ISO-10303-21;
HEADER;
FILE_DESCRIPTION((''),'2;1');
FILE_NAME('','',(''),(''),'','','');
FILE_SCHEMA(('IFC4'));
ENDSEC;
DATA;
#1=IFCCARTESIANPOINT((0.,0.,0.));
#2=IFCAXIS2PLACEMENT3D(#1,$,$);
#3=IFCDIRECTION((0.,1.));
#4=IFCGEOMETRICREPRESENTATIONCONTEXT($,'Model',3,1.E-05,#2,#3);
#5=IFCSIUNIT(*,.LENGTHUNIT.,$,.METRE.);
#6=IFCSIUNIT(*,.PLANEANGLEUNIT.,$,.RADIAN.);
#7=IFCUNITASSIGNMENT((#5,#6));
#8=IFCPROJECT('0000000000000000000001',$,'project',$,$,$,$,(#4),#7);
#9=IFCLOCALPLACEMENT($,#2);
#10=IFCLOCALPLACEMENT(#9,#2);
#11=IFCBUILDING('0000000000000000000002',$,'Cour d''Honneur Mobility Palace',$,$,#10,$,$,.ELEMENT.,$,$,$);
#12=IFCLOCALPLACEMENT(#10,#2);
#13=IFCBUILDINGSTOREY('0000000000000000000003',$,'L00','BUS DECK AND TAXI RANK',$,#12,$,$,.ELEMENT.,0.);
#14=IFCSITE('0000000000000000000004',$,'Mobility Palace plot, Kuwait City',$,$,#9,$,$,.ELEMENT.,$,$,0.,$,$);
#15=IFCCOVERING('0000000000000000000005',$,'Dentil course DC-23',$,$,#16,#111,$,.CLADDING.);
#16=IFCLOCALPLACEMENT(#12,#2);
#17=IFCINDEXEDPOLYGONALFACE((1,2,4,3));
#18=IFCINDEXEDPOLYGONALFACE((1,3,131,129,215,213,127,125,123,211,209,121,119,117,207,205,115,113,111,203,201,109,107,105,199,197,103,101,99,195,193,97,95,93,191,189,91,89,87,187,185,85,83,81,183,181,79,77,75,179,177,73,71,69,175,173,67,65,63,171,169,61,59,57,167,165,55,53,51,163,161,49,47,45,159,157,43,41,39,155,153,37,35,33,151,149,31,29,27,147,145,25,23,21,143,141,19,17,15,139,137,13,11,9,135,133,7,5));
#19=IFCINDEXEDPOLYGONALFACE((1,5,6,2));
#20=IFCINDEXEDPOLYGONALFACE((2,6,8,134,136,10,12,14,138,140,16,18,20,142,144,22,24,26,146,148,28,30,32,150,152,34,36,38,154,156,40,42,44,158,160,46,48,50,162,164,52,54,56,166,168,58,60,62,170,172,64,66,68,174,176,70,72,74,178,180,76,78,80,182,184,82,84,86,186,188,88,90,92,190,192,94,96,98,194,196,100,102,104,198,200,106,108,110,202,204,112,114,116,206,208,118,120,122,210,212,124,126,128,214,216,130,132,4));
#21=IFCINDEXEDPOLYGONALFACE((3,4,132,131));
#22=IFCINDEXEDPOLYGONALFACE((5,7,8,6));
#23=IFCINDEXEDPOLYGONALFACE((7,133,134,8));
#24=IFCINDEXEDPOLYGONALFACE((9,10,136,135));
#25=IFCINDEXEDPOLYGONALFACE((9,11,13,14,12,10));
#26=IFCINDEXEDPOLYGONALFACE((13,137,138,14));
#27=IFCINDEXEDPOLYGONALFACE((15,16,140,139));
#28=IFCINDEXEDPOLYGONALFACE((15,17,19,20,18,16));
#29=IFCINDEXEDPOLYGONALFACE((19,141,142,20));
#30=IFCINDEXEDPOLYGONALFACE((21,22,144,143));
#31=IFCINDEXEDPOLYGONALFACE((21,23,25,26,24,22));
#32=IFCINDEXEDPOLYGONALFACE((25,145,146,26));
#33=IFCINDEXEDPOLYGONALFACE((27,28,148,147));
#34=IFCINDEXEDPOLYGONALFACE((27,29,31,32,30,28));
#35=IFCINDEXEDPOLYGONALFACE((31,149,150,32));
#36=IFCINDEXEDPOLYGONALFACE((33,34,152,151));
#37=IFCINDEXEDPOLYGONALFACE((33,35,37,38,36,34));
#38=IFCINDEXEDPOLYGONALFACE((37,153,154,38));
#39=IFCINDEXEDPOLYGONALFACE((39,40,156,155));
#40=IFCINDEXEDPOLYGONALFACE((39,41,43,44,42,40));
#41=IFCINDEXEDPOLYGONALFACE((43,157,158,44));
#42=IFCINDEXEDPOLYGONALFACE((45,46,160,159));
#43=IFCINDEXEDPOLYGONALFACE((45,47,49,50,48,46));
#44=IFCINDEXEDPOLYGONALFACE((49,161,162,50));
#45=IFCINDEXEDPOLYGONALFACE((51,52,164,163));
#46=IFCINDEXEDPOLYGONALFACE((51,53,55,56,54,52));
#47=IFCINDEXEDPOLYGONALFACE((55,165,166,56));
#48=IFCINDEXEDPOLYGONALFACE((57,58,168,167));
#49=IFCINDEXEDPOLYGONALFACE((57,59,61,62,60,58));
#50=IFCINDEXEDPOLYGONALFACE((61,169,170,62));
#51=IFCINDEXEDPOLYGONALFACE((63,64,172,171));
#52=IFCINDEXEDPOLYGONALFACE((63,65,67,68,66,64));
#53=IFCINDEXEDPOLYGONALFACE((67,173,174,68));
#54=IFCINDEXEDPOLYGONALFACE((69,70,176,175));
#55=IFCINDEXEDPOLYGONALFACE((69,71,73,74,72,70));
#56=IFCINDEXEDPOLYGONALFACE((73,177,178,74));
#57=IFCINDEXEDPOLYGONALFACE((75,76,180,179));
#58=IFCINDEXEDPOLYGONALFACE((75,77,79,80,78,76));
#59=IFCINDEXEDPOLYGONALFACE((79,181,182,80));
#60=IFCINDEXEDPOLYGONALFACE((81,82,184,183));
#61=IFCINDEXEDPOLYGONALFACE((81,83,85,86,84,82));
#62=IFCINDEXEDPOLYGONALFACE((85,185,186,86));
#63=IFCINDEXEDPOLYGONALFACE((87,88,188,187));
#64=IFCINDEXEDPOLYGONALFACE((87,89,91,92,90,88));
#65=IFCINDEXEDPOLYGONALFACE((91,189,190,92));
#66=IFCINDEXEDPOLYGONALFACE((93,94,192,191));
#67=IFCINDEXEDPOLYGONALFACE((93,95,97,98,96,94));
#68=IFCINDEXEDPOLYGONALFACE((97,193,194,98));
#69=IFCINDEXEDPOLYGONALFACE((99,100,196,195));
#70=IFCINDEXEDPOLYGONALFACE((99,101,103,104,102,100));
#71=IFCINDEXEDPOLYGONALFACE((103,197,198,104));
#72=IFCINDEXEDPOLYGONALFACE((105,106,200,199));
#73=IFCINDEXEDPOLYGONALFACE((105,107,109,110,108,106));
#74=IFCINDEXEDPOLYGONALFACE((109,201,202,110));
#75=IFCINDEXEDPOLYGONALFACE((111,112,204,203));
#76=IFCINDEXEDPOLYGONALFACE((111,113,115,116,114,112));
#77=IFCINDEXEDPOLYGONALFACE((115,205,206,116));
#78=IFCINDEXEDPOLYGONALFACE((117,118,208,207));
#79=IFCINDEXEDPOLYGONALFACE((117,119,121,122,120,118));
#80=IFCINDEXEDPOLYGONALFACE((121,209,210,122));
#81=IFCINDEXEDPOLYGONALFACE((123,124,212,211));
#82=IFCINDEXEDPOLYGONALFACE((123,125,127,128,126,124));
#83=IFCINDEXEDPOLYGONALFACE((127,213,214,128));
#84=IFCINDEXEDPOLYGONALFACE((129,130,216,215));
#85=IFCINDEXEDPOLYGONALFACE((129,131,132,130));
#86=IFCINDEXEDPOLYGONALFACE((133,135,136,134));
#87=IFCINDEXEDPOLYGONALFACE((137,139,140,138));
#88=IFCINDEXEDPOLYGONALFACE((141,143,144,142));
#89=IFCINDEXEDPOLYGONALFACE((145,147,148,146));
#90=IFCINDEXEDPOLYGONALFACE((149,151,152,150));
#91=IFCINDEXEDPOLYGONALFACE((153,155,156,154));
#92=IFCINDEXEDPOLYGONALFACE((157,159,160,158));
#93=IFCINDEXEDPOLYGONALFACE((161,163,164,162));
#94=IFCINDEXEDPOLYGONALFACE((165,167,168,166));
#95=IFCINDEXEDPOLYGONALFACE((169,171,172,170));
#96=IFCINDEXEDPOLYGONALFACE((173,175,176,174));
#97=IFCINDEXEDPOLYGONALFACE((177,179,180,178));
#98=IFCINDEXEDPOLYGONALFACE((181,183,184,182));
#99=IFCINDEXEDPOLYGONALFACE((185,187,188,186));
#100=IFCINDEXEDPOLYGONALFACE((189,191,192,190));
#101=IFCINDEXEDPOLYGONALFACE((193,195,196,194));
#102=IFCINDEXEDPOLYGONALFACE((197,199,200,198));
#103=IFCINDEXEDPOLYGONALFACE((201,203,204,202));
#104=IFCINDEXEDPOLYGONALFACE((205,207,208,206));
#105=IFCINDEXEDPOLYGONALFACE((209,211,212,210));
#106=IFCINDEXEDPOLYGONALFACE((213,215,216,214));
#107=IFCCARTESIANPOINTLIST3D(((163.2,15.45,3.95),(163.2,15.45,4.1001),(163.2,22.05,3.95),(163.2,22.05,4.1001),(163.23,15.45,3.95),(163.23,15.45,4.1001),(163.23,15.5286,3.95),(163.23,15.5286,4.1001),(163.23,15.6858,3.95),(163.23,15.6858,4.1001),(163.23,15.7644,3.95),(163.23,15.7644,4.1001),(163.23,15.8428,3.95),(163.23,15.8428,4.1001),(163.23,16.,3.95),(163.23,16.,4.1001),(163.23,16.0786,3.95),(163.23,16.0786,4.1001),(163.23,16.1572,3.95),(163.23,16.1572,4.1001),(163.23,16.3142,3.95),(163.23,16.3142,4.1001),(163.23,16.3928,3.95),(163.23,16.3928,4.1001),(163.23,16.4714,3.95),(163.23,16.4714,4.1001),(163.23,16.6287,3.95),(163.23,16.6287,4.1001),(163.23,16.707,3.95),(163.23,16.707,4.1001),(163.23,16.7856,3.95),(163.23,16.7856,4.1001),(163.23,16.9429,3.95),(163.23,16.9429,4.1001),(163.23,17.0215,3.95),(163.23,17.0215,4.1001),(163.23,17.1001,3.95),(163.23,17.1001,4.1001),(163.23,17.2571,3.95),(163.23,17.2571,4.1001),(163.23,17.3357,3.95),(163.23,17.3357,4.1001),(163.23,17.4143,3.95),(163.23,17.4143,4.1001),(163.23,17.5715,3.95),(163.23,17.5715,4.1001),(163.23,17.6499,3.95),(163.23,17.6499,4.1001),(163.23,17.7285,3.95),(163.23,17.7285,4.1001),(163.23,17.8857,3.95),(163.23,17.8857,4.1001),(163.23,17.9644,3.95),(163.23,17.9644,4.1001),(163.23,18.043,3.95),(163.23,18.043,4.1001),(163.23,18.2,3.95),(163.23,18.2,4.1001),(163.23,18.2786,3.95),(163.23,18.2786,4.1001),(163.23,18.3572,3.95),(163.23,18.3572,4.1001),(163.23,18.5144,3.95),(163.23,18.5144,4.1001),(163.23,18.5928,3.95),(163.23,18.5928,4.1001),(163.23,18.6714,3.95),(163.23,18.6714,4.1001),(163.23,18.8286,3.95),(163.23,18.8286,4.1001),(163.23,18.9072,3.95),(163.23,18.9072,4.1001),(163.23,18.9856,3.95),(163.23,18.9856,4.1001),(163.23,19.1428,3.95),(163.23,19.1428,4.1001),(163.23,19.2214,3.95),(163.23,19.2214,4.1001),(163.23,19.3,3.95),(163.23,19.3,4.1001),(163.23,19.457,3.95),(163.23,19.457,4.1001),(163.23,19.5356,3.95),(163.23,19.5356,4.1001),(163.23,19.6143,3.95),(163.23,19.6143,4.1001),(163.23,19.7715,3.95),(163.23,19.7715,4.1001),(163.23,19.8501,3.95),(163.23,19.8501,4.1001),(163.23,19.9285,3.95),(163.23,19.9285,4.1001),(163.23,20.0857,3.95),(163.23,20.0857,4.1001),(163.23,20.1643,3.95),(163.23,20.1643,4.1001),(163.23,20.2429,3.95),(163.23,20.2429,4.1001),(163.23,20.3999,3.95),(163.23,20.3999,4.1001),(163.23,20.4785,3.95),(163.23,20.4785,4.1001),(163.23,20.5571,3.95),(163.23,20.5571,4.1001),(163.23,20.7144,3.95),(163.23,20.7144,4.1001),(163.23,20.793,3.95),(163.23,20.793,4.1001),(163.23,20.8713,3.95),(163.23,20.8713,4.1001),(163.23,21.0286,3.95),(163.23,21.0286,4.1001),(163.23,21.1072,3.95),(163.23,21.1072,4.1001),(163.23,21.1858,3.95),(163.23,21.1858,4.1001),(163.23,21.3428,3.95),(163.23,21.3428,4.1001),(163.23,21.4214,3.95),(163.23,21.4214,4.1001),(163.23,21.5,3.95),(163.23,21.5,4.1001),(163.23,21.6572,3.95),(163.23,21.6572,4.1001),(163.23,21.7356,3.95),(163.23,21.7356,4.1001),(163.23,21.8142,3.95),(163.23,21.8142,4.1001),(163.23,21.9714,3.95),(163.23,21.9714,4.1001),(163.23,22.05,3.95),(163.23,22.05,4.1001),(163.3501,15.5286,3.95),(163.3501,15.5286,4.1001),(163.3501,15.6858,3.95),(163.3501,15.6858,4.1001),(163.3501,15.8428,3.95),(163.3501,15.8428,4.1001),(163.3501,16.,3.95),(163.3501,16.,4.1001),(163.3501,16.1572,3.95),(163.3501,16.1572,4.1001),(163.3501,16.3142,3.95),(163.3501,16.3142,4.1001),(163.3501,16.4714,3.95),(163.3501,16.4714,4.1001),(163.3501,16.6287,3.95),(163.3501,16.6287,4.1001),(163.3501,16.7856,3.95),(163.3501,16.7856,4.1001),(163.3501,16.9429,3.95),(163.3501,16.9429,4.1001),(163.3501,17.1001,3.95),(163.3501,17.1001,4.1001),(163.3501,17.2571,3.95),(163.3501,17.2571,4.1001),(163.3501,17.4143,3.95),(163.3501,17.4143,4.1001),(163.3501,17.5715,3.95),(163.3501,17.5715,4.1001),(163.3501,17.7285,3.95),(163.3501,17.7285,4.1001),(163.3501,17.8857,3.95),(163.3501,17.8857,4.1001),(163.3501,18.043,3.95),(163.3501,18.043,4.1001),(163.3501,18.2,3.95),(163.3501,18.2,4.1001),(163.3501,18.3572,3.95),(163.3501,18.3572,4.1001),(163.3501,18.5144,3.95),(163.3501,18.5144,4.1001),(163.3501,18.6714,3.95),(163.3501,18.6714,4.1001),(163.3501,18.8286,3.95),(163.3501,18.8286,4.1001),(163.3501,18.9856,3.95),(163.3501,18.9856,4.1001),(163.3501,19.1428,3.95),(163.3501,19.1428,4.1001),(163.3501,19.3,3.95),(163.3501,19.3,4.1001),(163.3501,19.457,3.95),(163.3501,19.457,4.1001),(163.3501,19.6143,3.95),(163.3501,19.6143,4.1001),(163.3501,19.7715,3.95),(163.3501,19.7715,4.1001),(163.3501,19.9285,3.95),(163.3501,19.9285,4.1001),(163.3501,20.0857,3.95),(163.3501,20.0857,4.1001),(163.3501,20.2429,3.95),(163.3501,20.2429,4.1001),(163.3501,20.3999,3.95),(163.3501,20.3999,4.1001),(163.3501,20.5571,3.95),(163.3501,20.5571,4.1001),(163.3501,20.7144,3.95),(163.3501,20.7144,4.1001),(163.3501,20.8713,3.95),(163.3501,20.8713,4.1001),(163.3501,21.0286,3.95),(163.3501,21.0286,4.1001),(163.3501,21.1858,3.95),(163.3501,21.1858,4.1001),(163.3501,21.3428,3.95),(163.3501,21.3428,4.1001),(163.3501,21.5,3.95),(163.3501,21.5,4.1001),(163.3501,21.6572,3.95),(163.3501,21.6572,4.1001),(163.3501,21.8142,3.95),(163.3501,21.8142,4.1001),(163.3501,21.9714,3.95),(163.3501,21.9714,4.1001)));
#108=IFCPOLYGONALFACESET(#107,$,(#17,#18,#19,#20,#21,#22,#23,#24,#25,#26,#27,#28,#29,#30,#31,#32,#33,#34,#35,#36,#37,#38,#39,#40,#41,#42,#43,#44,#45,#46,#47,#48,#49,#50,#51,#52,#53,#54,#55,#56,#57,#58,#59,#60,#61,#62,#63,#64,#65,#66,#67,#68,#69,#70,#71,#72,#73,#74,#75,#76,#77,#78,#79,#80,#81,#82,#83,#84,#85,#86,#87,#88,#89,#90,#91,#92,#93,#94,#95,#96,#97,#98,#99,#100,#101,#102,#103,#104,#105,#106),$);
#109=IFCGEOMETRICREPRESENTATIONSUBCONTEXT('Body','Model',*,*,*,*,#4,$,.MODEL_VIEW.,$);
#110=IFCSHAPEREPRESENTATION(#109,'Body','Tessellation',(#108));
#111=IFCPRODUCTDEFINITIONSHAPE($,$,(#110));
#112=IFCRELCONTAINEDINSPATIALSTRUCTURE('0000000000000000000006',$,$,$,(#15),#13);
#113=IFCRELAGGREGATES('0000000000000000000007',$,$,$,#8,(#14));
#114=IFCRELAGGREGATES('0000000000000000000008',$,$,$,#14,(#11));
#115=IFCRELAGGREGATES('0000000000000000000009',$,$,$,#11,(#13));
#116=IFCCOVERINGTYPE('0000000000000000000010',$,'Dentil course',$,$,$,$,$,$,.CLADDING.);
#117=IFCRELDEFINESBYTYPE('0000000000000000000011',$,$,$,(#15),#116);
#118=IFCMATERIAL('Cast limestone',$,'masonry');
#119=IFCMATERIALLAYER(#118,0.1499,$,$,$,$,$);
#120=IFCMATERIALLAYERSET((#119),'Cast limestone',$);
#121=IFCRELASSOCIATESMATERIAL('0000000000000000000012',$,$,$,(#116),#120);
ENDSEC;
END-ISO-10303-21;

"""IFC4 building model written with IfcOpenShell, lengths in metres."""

from ifc_helpers import new_model, si_unit, direction, frame, origin, place, context, subcontext, project, spatial, polyline, outline, extrude, material, layer, layer_set, type_object, element, save


model = new_model("IFC4")

# Units and contexts
model_context = context("Model", 3, precision=1e-05, world=origin(), true_north=direction((0.0, 1.0)))
body_context = subcontext(model_context, "Body", "Model", "MODEL_VIEW")
ifc_project = project(units=[si_unit("LENGTHUNIT", "METRE"), si_unit("PLANEANGLEUNIT", "RADIAN")], contexts=[model_context])

# Site, building, storey
site_placement = place(None, origin())
site = spatial("IfcSite", under=ifc_project, at=site_placement, Name="Mobility Palace plot, Kuwait City", CompositionType="ELEMENT", RefElevation=0.0)
building_placement = place(site_placement, origin())
building = spatial("IfcBuilding", under=site, at=building_placement, Name="Cour d'Honneur Mobility Palace", CompositionType="ELEMENT")
storey_placement = place(building_placement, origin())
storey = spatial("IfcBuildingStorey", under=building, at=storey_placement, Name="L00", Description="BUS DECK AND TAXI RANK", CompositionType="ELEMENT", Elevation=0.0)

# Covering
ifc_material = material(Name="Cast limestone", Category="masonry")
ifc_layer = layer(ifc_material, 0.1499)
ifc_layer_set = layer_set([ifc_layer], Name="Cast limestone")
covering_type = type_object("IfcCoveringType", Name="Dentil course", PredefinedType="CLADDING", material=ifc_layer_set)
covering_1_placement = place(storey_placement, frame((0.0, 0.0, 3.95)))
element("IfcCovering", 1, at=covering_1_placement, inside=storey, type_object=covering_type, Name="Dentil course DC-23", PredefinedType="CLADDING", context=body_context, shape_type="SweptSolid", body=[
    extrude(outline(polyline([(163.2, 15.45), (163.2, 22.05), (163.23, 22.05), (163.23, 22.05), (163.23, 21.9714), (163.3501, 21.9714), (163.3501, 21.8142), (163.23, 21.8142), (163.23, 21.7356), (163.23, 21.7356), (163.23, 21.6572), (163.3501, 21.6572), (163.3501, 21.5), (163.23, 21.5), (163.23, 21.4214), (163.23, 21.4214), (163.23, 21.3428), (163.3501, 21.3428), (163.3501, 21.1858), (163.23, 21.1858), (163.23, 21.1072), (163.23, 21.1072), (163.23, 21.0286), (163.3501, 21.0286), (163.3501, 20.8713), (163.23, 20.8713), (163.23, 20.793), (163.23, 20.793), (163.23, 20.7144), (163.3501, 20.7144), (163.3501, 20.5571), (163.23, 20.5571), (163.23, 20.4785), (163.23, 20.4785), (163.23, 20.3999), (163.3501, 20.3999), (163.3501, 20.2429), (163.23, 20.2429), (163.23, 20.1643), (163.23, 20.1643), (163.23, 20.0857), (163.3501, 20.0857), (163.3501, 19.9285), (163.23, 19.9285), (163.23, 19.8501), (163.23, 19.8501), (163.23, 19.7715), (163.3501, 19.7715), (163.3501, 19.6143), (163.23, 19.6143), (163.23, 19.5356), (163.23, 19.5356), (163.23, 19.457), (163.3501, 19.457), (163.3501, 19.3), (163.23, 19.3), (163.23, 19.2214), (163.23, 19.2214), (163.23, 19.1428), (163.3501, 19.1428), (163.3501, 18.9856), (163.23, 18.9856), (163.23, 18.9072), (163.23, 18.9072), (163.23, 18.8286), (163.3501, 18.8286), (163.3501, 18.6714), (163.23, 18.6714), (163.23, 18.5928), (163.23, 18.5928), (163.23, 18.5144), (163.3501, 18.5144), (163.3501, 18.3572), (163.23, 18.3572), (163.23, 18.2786), (163.23, 18.2786), (163.23, 18.2), (163.3501, 18.2), (163.3501, 18.043), (163.23, 18.043), (163.23, 17.9644), (163.23, 17.9644), (163.23, 17.8857), (163.3501, 17.8857), (163.3501, 17.7285), (163.23, 17.7285), (163.23, 17.6499), (163.23, 17.6499), (163.23, 17.5715), (163.3501, 17.5715), (163.3501, 17.4143), (163.23, 17.4143), (163.23, 17.3357), (163.23, 17.3357), (163.23, 17.2571), (163.3501, 17.2571), (163.3501, 17.1001), (163.23, 17.1001), (163.23, 17.0215), (163.23, 17.0215), (163.23, 16.9429), (163.3501, 16.9429), (163.3501, 16.7856), (163.23, 16.7856), (163.23, 16.707), (163.23, 16.707), (163.23, 16.6287), (163.3501, 16.6287), (163.3501, 16.4714), (163.23, 16.4714), (163.23, 16.3928), (163.23, 16.3928), (163.23, 16.3142), (163.3501, 16.3142), (163.3501, 16.1572), (163.23, 16.1572), (163.23, 16.0786), (163.23, 16.0786), (163.23, 16.0), (163.3501, 16.0), (163.3501, 15.8428), (163.23, 15.8428), (163.23, 15.7644), (163.23, 15.7644), (163.23, 15.6858), (163.3501, 15.6858), (163.3501, 15.5286), (163.23, 15.5286), (163.23, 15.45), (163.2, 15.45)])), origin(), (0.0, 0.0, 1.0), 0.1501),
])

save(model, "model.ifc")
